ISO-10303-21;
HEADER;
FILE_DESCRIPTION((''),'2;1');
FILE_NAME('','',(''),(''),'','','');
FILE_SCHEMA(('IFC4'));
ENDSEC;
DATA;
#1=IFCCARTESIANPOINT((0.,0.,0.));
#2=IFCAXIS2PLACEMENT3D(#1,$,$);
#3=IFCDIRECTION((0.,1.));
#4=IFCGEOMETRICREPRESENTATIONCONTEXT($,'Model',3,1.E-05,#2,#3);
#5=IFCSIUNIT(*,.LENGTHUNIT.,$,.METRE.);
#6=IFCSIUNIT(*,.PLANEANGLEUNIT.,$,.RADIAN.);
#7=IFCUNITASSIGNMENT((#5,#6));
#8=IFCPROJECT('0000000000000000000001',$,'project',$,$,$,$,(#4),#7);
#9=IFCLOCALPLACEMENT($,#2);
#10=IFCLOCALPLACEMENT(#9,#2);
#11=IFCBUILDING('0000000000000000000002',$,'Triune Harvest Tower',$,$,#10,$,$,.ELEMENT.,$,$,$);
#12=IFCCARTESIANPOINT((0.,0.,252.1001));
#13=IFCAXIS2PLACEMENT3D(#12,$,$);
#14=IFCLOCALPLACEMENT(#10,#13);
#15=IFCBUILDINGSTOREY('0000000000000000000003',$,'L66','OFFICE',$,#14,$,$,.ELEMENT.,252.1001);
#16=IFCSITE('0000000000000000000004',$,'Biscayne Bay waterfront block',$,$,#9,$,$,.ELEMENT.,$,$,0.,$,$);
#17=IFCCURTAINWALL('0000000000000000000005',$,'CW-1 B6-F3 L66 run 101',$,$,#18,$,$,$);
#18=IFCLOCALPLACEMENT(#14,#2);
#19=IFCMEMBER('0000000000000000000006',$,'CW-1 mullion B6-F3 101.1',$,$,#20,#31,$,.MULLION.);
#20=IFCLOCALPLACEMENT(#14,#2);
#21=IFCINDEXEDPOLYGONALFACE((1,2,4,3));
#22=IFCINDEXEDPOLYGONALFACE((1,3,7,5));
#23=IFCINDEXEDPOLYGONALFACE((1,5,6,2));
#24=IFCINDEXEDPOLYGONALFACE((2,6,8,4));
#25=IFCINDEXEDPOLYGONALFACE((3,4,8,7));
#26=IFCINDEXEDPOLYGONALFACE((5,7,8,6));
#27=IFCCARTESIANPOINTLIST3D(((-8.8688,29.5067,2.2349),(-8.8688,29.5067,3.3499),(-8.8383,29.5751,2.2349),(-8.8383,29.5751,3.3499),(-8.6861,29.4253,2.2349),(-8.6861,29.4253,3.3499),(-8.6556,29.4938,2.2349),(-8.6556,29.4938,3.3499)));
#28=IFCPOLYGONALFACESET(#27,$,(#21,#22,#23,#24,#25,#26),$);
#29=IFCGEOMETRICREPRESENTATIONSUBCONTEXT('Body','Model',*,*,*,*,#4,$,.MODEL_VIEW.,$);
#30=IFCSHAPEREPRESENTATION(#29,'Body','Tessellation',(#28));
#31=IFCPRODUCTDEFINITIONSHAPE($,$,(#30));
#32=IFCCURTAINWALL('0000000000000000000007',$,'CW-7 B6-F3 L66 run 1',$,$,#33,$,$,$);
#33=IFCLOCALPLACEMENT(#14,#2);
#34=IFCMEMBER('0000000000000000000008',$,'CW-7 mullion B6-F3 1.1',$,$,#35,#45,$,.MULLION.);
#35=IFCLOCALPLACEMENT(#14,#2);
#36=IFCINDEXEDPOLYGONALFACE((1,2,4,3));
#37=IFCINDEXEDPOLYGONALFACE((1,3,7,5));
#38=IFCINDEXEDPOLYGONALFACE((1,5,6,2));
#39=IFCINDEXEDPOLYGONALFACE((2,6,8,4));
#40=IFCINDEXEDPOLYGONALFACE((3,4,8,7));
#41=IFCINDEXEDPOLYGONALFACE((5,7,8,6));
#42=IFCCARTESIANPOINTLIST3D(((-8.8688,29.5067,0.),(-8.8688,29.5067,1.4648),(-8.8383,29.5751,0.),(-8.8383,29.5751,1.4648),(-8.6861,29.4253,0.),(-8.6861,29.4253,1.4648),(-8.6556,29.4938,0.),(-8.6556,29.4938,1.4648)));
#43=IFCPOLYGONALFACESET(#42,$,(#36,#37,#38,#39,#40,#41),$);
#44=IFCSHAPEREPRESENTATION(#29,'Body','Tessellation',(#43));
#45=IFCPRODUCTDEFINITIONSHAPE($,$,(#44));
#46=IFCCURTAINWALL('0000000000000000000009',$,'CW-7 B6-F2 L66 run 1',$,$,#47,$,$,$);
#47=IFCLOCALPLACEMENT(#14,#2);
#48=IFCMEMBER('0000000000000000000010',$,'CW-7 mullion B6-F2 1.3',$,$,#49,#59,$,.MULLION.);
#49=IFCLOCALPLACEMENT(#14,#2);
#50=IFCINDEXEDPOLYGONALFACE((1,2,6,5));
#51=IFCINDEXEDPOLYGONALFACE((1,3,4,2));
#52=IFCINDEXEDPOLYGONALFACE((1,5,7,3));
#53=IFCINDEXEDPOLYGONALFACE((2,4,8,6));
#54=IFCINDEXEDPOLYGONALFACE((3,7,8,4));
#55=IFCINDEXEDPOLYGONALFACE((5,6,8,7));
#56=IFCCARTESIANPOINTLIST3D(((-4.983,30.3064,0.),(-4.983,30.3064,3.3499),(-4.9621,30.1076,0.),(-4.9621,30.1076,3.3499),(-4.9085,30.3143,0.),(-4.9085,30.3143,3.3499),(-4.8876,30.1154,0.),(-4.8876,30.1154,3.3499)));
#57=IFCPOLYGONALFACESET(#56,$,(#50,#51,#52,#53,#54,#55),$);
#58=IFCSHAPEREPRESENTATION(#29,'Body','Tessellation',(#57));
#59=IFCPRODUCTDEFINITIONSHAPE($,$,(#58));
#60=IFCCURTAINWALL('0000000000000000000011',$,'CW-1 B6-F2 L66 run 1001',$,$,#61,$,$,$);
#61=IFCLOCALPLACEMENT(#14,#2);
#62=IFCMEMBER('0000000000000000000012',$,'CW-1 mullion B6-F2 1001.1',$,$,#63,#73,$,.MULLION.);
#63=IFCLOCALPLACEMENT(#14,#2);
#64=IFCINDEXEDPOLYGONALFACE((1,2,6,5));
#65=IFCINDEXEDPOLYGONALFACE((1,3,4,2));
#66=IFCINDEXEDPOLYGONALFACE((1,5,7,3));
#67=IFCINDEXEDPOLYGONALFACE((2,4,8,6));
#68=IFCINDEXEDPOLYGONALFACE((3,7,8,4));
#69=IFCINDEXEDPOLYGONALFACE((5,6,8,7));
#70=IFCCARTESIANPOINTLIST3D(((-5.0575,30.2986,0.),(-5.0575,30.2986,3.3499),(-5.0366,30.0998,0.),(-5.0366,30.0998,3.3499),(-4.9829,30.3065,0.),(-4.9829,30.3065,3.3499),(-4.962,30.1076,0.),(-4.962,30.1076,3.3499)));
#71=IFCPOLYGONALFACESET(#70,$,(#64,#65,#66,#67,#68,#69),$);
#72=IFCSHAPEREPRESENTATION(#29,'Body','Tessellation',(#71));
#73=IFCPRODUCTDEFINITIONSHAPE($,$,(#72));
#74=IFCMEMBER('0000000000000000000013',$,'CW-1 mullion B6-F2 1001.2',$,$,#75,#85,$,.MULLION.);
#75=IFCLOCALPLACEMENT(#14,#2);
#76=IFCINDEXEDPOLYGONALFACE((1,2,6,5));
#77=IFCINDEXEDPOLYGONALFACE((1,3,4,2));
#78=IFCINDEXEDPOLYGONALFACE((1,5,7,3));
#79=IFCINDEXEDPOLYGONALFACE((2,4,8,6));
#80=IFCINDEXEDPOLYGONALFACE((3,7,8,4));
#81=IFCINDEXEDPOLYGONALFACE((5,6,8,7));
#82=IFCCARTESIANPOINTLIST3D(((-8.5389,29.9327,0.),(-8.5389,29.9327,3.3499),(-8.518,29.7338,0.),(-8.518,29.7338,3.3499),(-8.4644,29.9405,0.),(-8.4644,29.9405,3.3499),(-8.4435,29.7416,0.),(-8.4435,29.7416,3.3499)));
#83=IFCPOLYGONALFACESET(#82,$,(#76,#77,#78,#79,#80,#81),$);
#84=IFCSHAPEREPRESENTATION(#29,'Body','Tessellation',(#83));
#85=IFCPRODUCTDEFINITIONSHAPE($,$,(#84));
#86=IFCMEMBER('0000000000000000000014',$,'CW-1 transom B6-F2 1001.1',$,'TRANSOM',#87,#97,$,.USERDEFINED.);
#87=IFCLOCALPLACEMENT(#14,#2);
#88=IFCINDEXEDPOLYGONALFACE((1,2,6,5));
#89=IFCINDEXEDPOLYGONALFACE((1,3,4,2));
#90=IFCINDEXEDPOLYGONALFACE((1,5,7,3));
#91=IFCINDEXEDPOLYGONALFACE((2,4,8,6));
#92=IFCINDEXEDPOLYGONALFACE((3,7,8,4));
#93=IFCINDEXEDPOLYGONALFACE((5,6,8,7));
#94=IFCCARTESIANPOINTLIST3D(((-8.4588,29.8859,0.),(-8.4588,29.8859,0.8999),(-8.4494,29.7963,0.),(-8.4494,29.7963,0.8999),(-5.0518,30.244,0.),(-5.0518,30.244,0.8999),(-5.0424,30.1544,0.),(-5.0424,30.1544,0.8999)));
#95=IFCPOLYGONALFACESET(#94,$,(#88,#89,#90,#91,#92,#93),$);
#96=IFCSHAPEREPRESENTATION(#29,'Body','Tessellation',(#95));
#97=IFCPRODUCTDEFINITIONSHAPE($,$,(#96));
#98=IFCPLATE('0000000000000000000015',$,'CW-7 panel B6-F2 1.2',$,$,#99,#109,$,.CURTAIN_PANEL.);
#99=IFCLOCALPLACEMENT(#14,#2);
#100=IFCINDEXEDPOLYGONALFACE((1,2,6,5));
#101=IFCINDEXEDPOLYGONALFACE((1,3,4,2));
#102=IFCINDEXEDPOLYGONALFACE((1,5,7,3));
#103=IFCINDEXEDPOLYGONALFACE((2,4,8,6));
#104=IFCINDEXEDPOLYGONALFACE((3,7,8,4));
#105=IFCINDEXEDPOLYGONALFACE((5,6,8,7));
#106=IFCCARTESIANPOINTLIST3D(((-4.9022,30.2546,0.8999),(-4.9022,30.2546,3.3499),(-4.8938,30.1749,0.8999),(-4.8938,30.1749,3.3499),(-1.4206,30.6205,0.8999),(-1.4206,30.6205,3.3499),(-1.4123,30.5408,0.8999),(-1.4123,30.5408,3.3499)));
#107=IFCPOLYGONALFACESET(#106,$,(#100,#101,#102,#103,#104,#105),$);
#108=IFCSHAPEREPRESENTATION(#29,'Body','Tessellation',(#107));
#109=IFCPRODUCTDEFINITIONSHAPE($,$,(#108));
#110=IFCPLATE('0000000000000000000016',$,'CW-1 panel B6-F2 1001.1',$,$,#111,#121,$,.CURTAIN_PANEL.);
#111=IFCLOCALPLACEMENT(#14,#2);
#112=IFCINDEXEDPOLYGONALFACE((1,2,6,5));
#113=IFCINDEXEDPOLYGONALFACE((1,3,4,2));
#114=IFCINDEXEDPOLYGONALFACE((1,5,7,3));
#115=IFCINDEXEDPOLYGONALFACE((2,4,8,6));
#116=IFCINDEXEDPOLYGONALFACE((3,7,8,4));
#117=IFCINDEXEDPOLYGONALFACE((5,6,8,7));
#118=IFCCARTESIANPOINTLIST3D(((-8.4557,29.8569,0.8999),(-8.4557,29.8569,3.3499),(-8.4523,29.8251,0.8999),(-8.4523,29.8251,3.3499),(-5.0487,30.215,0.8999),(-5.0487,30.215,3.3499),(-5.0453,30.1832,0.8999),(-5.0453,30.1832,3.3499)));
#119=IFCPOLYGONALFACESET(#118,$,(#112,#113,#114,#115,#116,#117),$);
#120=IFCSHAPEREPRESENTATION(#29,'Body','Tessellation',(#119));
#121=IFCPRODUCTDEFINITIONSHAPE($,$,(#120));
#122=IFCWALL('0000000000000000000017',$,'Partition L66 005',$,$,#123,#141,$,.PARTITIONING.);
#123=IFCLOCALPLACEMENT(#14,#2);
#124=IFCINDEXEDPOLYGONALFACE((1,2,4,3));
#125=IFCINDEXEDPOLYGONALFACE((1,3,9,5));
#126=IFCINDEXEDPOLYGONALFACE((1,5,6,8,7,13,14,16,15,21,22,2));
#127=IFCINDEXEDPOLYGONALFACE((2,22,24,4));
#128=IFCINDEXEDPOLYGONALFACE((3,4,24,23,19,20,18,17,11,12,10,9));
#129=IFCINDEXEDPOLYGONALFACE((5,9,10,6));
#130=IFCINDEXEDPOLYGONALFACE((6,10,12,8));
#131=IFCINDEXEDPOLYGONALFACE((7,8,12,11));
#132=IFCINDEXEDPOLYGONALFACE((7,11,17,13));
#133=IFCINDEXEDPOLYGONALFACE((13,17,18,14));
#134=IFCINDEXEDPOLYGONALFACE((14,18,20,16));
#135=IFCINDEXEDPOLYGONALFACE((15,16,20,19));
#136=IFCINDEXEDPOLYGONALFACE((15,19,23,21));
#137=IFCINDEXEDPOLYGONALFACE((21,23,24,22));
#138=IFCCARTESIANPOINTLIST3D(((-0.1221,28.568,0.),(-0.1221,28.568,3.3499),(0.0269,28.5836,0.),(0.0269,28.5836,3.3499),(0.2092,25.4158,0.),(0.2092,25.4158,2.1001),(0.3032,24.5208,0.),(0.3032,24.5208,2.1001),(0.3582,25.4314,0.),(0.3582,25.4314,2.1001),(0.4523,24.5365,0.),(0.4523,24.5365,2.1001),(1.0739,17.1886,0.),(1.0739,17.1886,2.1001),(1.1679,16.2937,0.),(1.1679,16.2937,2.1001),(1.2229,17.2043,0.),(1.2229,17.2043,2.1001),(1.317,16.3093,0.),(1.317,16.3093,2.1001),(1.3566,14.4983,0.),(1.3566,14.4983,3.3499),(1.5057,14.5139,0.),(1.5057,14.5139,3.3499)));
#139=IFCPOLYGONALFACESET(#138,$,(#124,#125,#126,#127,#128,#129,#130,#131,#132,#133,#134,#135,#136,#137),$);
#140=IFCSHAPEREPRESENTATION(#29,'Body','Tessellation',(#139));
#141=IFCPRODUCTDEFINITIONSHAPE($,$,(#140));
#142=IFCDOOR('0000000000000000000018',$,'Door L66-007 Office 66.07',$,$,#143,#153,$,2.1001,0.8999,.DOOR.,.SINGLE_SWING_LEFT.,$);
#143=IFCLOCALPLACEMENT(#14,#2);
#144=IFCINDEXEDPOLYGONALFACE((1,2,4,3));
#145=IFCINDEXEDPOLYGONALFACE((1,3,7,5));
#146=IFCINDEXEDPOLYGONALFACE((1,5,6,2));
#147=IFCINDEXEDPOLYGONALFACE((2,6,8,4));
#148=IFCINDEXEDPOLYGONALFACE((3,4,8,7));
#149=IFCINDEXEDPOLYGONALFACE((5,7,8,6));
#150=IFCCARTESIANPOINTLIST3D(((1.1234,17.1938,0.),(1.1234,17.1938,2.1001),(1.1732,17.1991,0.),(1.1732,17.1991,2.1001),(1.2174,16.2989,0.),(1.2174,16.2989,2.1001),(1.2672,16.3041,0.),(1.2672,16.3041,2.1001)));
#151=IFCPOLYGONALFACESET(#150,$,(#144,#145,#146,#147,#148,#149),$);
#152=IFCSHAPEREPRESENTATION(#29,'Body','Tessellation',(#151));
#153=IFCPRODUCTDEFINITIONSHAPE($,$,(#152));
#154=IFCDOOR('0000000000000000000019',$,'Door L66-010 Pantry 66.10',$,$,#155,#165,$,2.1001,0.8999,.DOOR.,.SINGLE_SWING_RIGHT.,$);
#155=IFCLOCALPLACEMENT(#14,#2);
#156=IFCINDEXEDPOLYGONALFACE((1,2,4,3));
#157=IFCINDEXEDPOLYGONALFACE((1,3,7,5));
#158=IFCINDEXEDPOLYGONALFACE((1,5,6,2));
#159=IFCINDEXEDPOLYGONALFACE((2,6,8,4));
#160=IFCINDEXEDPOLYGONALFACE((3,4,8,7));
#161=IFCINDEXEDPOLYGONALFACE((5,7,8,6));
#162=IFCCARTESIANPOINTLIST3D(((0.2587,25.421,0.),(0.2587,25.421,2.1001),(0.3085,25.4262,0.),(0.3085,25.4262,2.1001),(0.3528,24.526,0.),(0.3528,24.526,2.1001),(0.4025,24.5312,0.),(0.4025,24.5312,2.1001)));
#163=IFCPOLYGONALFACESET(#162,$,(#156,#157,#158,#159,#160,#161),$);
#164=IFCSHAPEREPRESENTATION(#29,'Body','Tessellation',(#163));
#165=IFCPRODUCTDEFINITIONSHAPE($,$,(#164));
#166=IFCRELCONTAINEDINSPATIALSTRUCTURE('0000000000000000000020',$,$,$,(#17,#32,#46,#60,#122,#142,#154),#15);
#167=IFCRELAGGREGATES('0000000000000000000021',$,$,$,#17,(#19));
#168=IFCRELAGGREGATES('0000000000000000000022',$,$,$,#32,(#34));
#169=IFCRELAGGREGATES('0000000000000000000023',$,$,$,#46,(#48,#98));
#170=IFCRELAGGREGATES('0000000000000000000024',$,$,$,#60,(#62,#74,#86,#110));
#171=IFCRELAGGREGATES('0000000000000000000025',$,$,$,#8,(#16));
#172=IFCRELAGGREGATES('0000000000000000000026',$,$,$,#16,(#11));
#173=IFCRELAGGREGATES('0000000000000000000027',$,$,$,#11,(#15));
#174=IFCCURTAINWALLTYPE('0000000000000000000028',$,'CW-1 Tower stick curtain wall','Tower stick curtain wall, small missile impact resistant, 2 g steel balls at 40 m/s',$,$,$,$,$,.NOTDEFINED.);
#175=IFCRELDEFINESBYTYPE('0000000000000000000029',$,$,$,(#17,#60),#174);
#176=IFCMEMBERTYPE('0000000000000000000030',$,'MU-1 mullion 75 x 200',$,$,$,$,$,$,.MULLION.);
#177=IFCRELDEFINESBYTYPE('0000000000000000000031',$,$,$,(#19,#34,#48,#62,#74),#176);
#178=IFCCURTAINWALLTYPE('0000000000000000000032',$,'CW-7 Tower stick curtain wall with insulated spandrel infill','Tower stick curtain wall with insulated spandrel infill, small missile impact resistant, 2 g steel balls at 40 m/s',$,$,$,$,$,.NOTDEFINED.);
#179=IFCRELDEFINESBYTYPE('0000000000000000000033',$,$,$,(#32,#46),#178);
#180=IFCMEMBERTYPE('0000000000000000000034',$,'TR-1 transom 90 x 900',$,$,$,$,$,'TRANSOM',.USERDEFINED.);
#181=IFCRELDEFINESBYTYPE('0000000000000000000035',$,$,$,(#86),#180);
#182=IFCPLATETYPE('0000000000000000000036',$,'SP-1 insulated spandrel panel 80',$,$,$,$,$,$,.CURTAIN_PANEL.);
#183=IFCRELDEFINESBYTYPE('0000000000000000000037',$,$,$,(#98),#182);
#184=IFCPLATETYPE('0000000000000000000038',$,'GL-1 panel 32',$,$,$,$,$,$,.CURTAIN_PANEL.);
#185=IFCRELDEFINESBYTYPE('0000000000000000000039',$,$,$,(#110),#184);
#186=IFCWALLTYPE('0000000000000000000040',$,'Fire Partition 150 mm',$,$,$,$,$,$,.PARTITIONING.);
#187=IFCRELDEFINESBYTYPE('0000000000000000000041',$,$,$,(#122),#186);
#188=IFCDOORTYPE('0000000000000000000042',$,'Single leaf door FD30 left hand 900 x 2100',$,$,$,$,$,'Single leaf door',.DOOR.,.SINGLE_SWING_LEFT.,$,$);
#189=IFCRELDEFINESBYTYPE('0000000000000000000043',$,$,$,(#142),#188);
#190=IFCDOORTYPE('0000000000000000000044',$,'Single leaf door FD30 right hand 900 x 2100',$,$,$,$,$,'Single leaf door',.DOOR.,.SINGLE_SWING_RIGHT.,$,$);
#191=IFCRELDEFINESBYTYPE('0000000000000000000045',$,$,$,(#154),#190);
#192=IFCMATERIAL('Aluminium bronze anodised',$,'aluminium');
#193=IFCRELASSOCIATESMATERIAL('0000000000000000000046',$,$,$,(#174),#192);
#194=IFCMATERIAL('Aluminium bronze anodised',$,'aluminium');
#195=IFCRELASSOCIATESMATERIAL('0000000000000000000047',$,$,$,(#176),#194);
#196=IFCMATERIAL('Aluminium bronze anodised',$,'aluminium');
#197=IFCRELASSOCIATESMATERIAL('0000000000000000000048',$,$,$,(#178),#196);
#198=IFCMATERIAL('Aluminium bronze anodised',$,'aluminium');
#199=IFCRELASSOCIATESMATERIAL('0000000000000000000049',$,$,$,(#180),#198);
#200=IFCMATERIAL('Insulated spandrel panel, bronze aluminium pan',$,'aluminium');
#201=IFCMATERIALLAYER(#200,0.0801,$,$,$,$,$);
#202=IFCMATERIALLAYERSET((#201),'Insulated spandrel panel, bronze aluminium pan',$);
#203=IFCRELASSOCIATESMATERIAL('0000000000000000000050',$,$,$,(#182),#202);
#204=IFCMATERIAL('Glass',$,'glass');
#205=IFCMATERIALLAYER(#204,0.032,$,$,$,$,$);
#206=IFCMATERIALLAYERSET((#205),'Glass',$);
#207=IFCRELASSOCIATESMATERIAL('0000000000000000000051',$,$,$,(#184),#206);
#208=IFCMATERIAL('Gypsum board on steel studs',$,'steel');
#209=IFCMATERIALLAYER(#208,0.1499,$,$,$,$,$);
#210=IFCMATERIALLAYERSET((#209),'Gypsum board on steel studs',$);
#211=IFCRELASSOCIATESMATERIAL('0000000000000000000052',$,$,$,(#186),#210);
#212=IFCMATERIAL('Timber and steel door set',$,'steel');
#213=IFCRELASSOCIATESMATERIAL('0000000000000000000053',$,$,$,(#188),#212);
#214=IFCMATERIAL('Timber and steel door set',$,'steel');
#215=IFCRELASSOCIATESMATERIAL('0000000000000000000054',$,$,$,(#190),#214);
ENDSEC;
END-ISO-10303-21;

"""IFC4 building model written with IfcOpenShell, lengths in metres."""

from ifc_helpers import new_model, si_unit, direction, frame, frame_2d, origin, origin_2d, place, context, subcontext, project, spatial, rectangle, extrude, source, transform, mapped, material, layer, layer_set, material_profile, profile_set, type_object, element, fill, aggregate, save


model = new_model("IFC4")

# Units and contexts
model_context = context("Model", 3, precision=1e-05, world=origin(), true_north=direction((0.0, 1.0)))
body_context = subcontext(model_context, "Body", "Model", "MODEL_VIEW")
ifc_project = project(units=[si_unit("LENGTHUNIT", "METRE"), si_unit("PLANEANGLEUNIT", "RADIAN")], contexts=[model_context])

# Site, building, storey
site_placement = place(None, origin())
site = spatial("IfcSite", under=ifc_project, at=site_placement, Name="Biscayne Bay waterfront block", CompositionType="ELEMENT", RefElevation=0.0)
building_placement = place(site_placement, origin())
building = spatial("IfcBuilding", under=site, at=building_placement, Name="Triune Harvest Tower", CompositionType="ELEMENT")
storey_placement = place(building_placement, frame((0.0, 0.0, 252.1001)))
storey = spatial("IfcBuildingStorey", under=building, at=storey_placement, Name="L66", Description="OFFICE", CompositionType="ELEMENT", Elevation=252.1001)

# Curtain walls, members
ifc_material_1 = material(Name="Aluminium bronze anodised", Category="aluminium")
curtain_wall_type_1 = type_object("IfcCurtainWallType", Name="CW-1 Tower stick curtain wall", Description="Tower stick curtain wall, small missile impact resistant, 2 g steel balls at 40 m/s", PredefinedType="NOTDEFINED", material=ifc_material_1)
curtain_wall_1_placement = place(storey_placement, origin())
curtain_wall_1 = element("IfcCurtainWall", 1, at=curtain_wall_1_placement, inside=storey, type_object=curtain_wall_type_1, Name="CW-1 B6-F3 L66 run 101")
ifc_material_2 = material(Name="Aluminium bronze anodised", Category="aluminium")
ifc_material_profile_1 = material_profile(ifc_material_2, rectangle(XDim=0.2, YDim=0.075, at=origin_2d()), Name="MU-1 mullion 75 x 200")
ifc_profile_set_1 = profile_set([ifc_material_profile_1], Name="Aluminium bronze anodised")
member_type_1 = type_object("IfcMemberType", Name="MU-1 mullion 75 x 200", PredefinedType="MULLION", material=ifc_profile_set_1)
shared_shape_1 = source(origin(), body_context, "Body", "SweptSolid", [
    extrude(rectangle(XDim=0.2, YDim=0.075, at=origin_2d()), origin(), (0.0, 0.0, 1.0), 1.115),
])
member_1_placement = place(storey_placement, frame((-8.7622, 29.5002, 2.2349), z_axis=(0.0, 0.0, 1.0), x_axis=(0.913536, -0.406758, 0.0)))
member_1 = element("IfcMember", 2, at=member_1_placement, type_object=member_type_1, Name="CW-1 mullion B6-F3 101.1", PredefinedType="MULLION", context=body_context, shape_type="MappedRepresentation", body=[
    mapped(shared_shape_1, transform((0.0, 0.0, 0.0), scale=1.0)),
])
aggregate(curtain_wall_1, [member_1])
ifc_material_3 = material(Name="Aluminium bronze anodised", Category="aluminium")
curtain_wall_type_2 = type_object("IfcCurtainWallType", Name="CW-7 Tower stick curtain wall with insulated spandrel infill", Description="Tower stick curtain wall with insulated spandrel infill, small missile impact resistant, 2 g steel balls at 40 m/s", PredefinedType="NOTDEFINED", material=ifc_material_3)
curtain_wall_2_placement = place(storey_placement, origin())
curtain_wall_2 = element("IfcCurtainWall", 3, at=curtain_wall_2_placement, inside=storey, type_object=curtain_wall_type_2, Name="CW-7 B6-F3 L66 run 1")
shared_shape_2 = source(origin(), body_context, "Body", "SweptSolid", [
    extrude(rectangle(XDim=0.2, YDim=0.075, at=origin_2d()), origin(), (0.0, 0.0, 1.0), 1.4648),
])
member_2_placement = place(storey_placement, frame((-8.7622, 29.5002, 0.0), z_axis=(0.0, 0.0, 1.0), x_axis=(0.913536, -0.406758, 0.0)))
member_2 = element("IfcMember", 4, at=member_2_placement, type_object=member_type_1, Name="CW-7 mullion B6-F3 1.1", PredefinedType="MULLION", context=body_context, shape_type="MappedRepresentation", body=[
    mapped(shared_shape_2, transform((0.0, 0.0, 0.0), scale=1.0)),
])
aggregate(curtain_wall_2, [member_2])
curtain_wall_3_placement = place(storey_placement, origin())
curtain_wall_3 = element("IfcCurtainWall", 5, at=curtain_wall_3_placement, inside=storey, type_object=curtain_wall_type_2, Name="CW-7 B6-F2 L66 run 1")
shared_shape_3 = source(origin(), body_context, "Body", "SweptSolid", [
    extrude(rectangle(XDim=0.2, YDim=0.075, at=origin_2d()), origin(), (0.0, 0.0, 1.0), 3.3499),
])
member_3_placement = place(storey_placement, frame((-4.9353, 30.2109, 0.0), z_axis=(0.0, 0.0, 1.0), x_axis=(0.104526, -0.994522, 0.0)))
member_3 = element("IfcMember", 6, at=member_3_placement, type_object=member_type_1, Name="CW-7 mullion B6-F2 1.3", PredefinedType="MULLION", context=body_context, shape_type="MappedRepresentation", body=[
    mapped(shared_shape_3, transform((0.0, 0.0, 0.0), scale=1.0)),
])

# Curtain wall, members
curtain_wall_4_placement = place(storey_placement, origin())
curtain_wall_4 = element("IfcCurtainWall", 7, at=curtain_wall_4_placement, inside=storey, type_object=curtain_wall_type_1, Name="CW-1 B6-F2 L66 run 1001")
member_4_placement = place(storey_placement, frame((-5.0098, 30.2031, 0.0), z_axis=(0.0, 0.0, 1.0), x_axis=(0.104537, -0.994521, 0.0)))
member_4 = element("IfcMember", 8, at=member_4_placement, type_object=member_type_1, Name="CW-1 mullion B6-F2 1001.1", PredefinedType="MULLION", context=body_context, shape_type="MappedRepresentation", body=[
    mapped(shared_shape_3, transform((0.0, 0.0, 0.0), scale=1.0)),
])
member_5_placement = place(storey_placement, frame((-8.4912, 29.8372, 0.0), z_axis=(0.0, 0.0, 1.0), x_axis=(0.104537, -0.994521, 0.0)))
member_5 = element("IfcMember", 9, at=member_5_placement, type_object=member_type_1, Name="CW-1 mullion B6-F2 1001.2", PredefinedType="MULLION", context=body_context, shape_type="MappedRepresentation", body=[
    mapped(shared_shape_3, transform((0.0, 0.0, 0.0), scale=1.0)),
])
ifc_material_4 = material(Name="Aluminium bronze anodised", Category="aluminium")
ifc_material_profile_2 = material_profile(ifc_material_4, rectangle(XDim=0.0901, YDim=0.8999, at=origin_2d()), Name="TR-1 transom 90 x 900")
ifc_profile_set_2 = profile_set([ifc_material_profile_2], Name="Aluminium bronze anodised")
member_type_2 = type_object("IfcMemberType", Name="TR-1 transom 90 x 900", ElementType="TRANSOM", PredefinedType="USERDEFINED", material=ifc_profile_set_2)
shared_shape_4 = source(origin(), body_context, "Body", "SweptSolid", [
    extrude(rectangle(XDim=0.0901, YDim=0.8999, at=origin_2d()), origin(), (0.0, 0.0, 1.0), 3.4258),
])
member_6_placement = place(storey_placement, frame((-5.0471, 30.1992, 0.45), z_axis=(-0.99452, -0.104548, 0.0), x_axis=(0.104548, -0.99452, 0.0)))
member_6 = element("IfcMember", 10, at=member_6_placement, type_object=member_type_2, Name="CW-1 transom B6-F2 1001.1", ObjectType="TRANSOM", PredefinedType="USERDEFINED", context=body_context, shape_type="MappedRepresentation", body=[
    mapped(shared_shape_4, transform((0.0, 0.0, 0.0), scale=1.0)),
])

# Plates
ifc_material_5 = material(Name="Insulated spandrel panel, bronze aluminium pan", Category="aluminium")
ifc_layer_1 = layer(ifc_material_5, 0.0801)
ifc_layer_set_1 = layer_set([ifc_layer_1], Name="Insulated spandrel panel, bronze aluminium pan")
plate_type_1 = type_object("IfcPlateType", Name="SP-1 insulated spandrel panel 80", PredefinedType="CURTAIN_PANEL", material=ifc_layer_set_1)
shared_shape_5 = source(origin(), body_context, "Body", "SweptSolid", [
    extrude(rectangle(XDim=3.5007, YDim=0.0801, at=origin_2d()), origin(), (0.0, 0.0, 1.0), 2.45),
])
plate_1_placement = place(storey_placement, frame((-3.1572, 30.3977, 0.8999), z_axis=(0.0, 0.0, 1.0), x_axis=(-0.994522, -0.104526, 0.0)))
plate_1 = element("IfcPlate", 11, at=plate_1_placement, type_object=plate_type_1, Name="CW-7 panel B6-F2 1.2", PredefinedType="CURTAIN_PANEL", context=body_context, shape_type="MappedRepresentation", body=[
    mapped(shared_shape_5, transform((0.0, 0.0, 0.0), scale=1.0)),
])
aggregate(curtain_wall_3, [member_3, plate_1])
ifc_material_6 = material(Name="Glass", Category="glass")
ifc_layer_2 = layer(ifc_material_6, 0.032)
ifc_layer_set_2 = layer_set([ifc_layer_2], Name="Glass")
plate_type_2 = type_object("IfcPlateType", Name="GL-1 panel 32", PredefinedType="CURTAIN_PANEL", material=ifc_layer_set_2)
shared_shape_6 = source(origin(), body_context, "Body", "SweptSolid", [
    extrude(rectangle(XDim=3.4258, YDim=0.032, at=origin_2d()), origin(), (0.0, 0.0, 1.0), 2.45),
])
plate_2_placement = place(storey_placement, frame((-6.7505, 30.02, 0.8999), z_axis=(0.0, 0.0, 1.0), x_axis=(-0.994521, -0.104537, 0.0)))
plate_2 = element("IfcPlate", 12, at=plate_2_placement, type_object=plate_type_2, Name="CW-1 panel B6-F2 1001.1", PredefinedType="CURTAIN_PANEL", context=body_context, shape_type="MappedRepresentation", body=[
    mapped(shared_shape_6, transform((0.0, 0.0, 0.0), scale=1.0)),
])
aggregate(curtain_wall_4, [member_4, member_5, member_6, plate_2])

# Wall, openings, doors
ifc_material_7 = material(Name="Gypsum board on steel studs", Category="steel")
ifc_layer_3 = layer(ifc_material_7, 0.1499)
ifc_layer_set_3 = layer_set([ifc_layer_3], Name="Gypsum board on steel studs")
wall_type_1 = type_object("IfcWallType", Name="Fire Partition 150 mm", PredefinedType="PARTITIONING", material=ifc_layer_set_3)
wall_1_placement = place(storey_placement, frame((-0.0476, 28.5759, 0.0), z_axis=(0.0, 0.0, 1.0), x_axis=(0.104526, -0.994522, 0.0)))
wall_1 = element("IfcWall", 13, at=wall_1_placement, inside=storey, type_object=wall_type_1, Name="Partition L66 005", PredefinedType="PARTITIONING", context=body_context, shape_type="SweptSolid", body=[
    extrude(rectangle(XDim=14.1472, YDim=0.1499, at=frame_2d((7.0737, 0.0))), origin(), (0.0, 0.0, 1.0), 3.3499),
])
opening_1_placement = place(wall_1_placement, frame((11.4421, 0.0, 0.0)))
opening_1 = element("IfcOpeningElement", 14, at=opening_1_placement, cuts=wall_1, PredefinedType="OPENING", context=body_context, shape_type="SweptSolid", body=[
    extrude(rectangle(XDim=0.8999, YDim=2.1001, at=frame_2d((0.45, 1.05))), frame((0.0, 0.085, 0.0), z_axis=(0.0, -1.0, 0.0), x_axis=(1.0, 0.0, 0.0)), (0.0, 0.0, 1.0), 0.1699),
])
opening_2_placement = place(wall_1_placement, frame((3.1697, 0.0, 0.0)))
opening_2 = element("IfcOpeningElement", 15, at=opening_2_placement, cuts=wall_1, PredefinedType="OPENING", context=body_context, shape_type="SweptSolid", body=[
    extrude(rectangle(XDim=0.8999, YDim=2.1001, at=frame_2d((0.45, 1.05))), frame((0.0, 0.085, 0.0), z_axis=(0.0, -1.0, 0.0), x_axis=(1.0, 0.0, 0.0)), (0.0, 0.0, 1.0), 0.1699),
])
ifc_material_8 = material(Name="Timber and steel door set", Category="steel")
door_type_1 = type_object("IfcDoorType", Name="Single leaf door FD30 left hand 900 x 2100", ElementType="Single leaf door", OperationType="SINGLE_SWING_LEFT", PredefinedType="DOOR", material=ifc_material_8)
door_1_placement = place(opening_1_placement, origin())
door_1 = element("IfcDoor", 16, at=door_1_placement, inside=storey, type_object=door_type_1, Name="Door L66-007 Office 66.07", OperationType="SINGLE_SWING_LEFT", OverallHeight=2.1001, OverallWidth=0.8999, PredefinedType="DOOR", context=body_context, shape_type="SweptSolid", body=[
    extrude(rectangle(XDim=0.8999, YDim=2.1001, at=frame_2d((0.45, 1.05))), frame((0.0, 0.0249, 0.0), z_axis=(0.0, -1.0, 0.0), x_axis=(1.0, 0.0, 0.0)), (0.0, 0.0, 1.0), 0.05),
])
fill(opening_1, door_1)
ifc_material_9 = material(Name="Timber and steel door set", Category="steel")
door_type_2 = type_object("IfcDoorType", Name="Single leaf door FD30 right hand 900 x 2100", ElementType="Single leaf door", OperationType="SINGLE_SWING_RIGHT", PredefinedType="DOOR", material=ifc_material_9)
door_2_placement = place(opening_2_placement, origin())
door_2 = element("IfcDoor", 17, at=door_2_placement, inside=storey, type_object=door_type_2, Name="Door L66-010 Pantry 66.10", OperationType="SINGLE_SWING_RIGHT", OverallHeight=2.1001, OverallWidth=0.8999, PredefinedType="DOOR", context=body_context, shape_type="SweptSolid", body=[
    extrude(rectangle(XDim=0.8999, YDim=2.1001, at=frame_2d((0.45, 1.05))), frame((0.0, 0.0249, 0.0), z_axis=(0.0, -1.0, 0.0), x_axis=(1.0, 0.0, 0.0)), (0.0, 0.0, 1.0), 0.05),
])
fill(opening_2, door_2)

save(model, "model.ifc")
